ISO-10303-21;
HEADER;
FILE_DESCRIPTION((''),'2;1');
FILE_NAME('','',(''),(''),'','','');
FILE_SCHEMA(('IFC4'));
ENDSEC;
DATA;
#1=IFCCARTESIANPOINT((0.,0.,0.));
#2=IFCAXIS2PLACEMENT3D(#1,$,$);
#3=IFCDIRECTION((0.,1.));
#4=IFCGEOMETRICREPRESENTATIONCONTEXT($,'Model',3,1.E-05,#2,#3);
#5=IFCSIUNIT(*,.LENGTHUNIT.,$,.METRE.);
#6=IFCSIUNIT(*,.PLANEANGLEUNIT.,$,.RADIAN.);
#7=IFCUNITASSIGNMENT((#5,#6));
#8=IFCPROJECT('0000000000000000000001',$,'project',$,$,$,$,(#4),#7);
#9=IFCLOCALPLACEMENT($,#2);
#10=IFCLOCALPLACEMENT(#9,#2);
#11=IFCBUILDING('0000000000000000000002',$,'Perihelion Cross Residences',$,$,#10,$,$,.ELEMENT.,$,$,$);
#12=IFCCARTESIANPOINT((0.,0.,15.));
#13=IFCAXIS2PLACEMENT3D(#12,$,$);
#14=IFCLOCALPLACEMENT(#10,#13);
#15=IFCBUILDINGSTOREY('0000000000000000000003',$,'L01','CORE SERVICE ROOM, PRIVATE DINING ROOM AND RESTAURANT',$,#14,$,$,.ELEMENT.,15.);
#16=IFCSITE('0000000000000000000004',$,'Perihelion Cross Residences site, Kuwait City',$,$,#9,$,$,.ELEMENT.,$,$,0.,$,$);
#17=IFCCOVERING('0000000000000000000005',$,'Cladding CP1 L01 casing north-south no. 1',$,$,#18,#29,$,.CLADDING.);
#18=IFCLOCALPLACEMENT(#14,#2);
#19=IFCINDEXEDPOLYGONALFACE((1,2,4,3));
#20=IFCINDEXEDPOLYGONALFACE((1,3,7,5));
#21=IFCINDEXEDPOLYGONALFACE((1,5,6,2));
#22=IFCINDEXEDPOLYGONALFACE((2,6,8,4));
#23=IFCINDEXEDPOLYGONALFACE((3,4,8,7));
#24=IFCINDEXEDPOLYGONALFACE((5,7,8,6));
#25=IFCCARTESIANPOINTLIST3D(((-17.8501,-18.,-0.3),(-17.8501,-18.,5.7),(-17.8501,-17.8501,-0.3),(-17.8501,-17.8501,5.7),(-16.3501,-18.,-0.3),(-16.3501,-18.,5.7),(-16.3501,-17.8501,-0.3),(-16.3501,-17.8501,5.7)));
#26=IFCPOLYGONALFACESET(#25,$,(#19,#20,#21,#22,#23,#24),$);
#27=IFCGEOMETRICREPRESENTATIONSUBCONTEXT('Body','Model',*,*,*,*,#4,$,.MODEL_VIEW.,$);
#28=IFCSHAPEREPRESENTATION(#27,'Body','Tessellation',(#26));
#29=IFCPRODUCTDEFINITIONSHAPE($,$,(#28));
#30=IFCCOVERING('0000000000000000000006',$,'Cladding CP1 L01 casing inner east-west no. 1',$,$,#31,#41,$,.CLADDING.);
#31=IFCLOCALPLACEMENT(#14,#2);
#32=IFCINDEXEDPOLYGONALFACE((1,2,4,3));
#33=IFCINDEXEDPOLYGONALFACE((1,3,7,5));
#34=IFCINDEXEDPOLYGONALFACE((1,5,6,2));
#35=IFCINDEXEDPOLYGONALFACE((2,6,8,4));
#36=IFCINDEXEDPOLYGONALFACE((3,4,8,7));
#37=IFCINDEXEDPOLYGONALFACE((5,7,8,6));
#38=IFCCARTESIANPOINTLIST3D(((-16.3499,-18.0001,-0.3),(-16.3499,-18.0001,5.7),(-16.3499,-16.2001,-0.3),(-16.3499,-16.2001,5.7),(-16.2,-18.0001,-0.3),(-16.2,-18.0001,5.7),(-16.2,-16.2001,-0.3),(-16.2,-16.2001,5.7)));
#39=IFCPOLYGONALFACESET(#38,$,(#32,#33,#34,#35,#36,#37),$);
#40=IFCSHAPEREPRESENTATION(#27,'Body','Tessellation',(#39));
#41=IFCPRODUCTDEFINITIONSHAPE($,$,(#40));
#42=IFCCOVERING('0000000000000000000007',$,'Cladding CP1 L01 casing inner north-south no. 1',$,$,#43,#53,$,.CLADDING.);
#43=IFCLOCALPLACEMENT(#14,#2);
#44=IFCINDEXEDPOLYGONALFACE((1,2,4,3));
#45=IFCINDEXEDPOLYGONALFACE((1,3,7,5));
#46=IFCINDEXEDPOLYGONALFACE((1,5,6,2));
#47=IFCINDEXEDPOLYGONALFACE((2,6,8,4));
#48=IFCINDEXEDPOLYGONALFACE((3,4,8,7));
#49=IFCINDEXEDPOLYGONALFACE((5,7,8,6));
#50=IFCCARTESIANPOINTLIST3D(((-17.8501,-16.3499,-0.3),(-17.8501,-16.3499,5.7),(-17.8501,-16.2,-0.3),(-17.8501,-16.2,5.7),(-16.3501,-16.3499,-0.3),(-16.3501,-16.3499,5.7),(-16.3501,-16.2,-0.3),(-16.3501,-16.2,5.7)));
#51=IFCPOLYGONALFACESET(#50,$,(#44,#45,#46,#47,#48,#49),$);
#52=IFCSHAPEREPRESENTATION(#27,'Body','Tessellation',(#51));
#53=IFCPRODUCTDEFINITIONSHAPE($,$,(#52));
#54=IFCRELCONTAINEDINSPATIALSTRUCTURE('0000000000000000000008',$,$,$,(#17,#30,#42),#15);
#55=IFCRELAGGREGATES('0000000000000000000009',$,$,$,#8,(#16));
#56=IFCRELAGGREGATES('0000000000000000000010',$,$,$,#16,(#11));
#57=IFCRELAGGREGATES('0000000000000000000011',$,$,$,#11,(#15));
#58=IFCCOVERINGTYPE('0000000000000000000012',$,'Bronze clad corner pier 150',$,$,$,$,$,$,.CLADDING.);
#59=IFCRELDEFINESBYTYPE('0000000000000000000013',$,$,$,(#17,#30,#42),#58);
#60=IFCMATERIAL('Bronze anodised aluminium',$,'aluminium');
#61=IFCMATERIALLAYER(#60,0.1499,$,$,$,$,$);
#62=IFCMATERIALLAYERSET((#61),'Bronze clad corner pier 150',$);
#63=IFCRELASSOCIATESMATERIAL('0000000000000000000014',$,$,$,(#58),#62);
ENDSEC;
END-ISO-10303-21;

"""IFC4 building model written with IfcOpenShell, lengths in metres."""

from ifc_helpers import new_model, si_unit, direction, frame, origin, origin_2d, place, context, subcontext, project, spatial, rectangle, extrude, material, layer, layer_set, type_object, element, save


model = new_model("IFC4")

# Units and contexts
model_context = context("Model", 3, precision=1e-05, world=origin(), true_north=direction((0.0, 1.0)))
body_context = subcontext(model_context, "Body", "Model", "MODEL_VIEW")
ifc_project = project(units=[si_unit("LENGTHUNIT", "METRE"), si_unit("PLANEANGLEUNIT", "RADIAN")], contexts=[model_context])

# Site, building, storey
site_placement = place(None, origin())
site = spatial("IfcSite", under=ifc_project, at=site_placement, Name="Perihelion Cross Residences site, Kuwait City", CompositionType="ELEMENT", RefElevation=0.0)
building_placement = place(site_placement, origin())
building = spatial("IfcBuilding", under=site, at=building_placement, Name="Perihelion Cross Residences", CompositionType="ELEMENT")
storey_placement = place(building_placement, frame((0.0, 0.0, 15.0)))
storey = spatial("IfcBuildingStorey", under=building, at=storey_placement, Name="L01", Description="CORE SERVICE ROOM, PRIVATE DINING ROOM AND RESTAURANT", CompositionType="ELEMENT", Elevation=15.0)

# Coverings
ifc_material_1 = material(Name="Bronze anodised aluminium", Category="aluminium")
ifc_layer_1 = layer(ifc_material_1, 0.1499)
ifc_layer_set_1 = layer_set([ifc_layer_1], Name="Bronze clad corner pier 150")
covering_type = type_object("IfcCoveringType", Name="Bronze clad corner pier 150", PredefinedType="CLADDING", material=ifc_layer_set_1)
covering_1_placement = place(storey_placement, frame((-17.1001, -17.925, -0.3), z_axis=(0.0, 0.0, 1.0), x_axis=(1.0, 0.0, 0.0)))
element("IfcCovering", 1, at=covering_1_placement, inside=storey, type_object=covering_type, Name="Cladding CP1 L01 casing north-south no. 1", PredefinedType="CLADDING", context=body_context, shape_type="SweptSolid", body=[
    extrude(rectangle(XDim=1.5, YDim=0.1499, at=origin_2d()), origin(), (0.0, 0.0, 1.0), 6.0),
])
covering_2_placement = place(storey_placement, frame((-16.2749, -17.1001, -0.3), z_axis=(0.0, 0.0, 1.0), x_axis=(1.0, 0.0, 0.0)))
element("IfcCovering", 2, at=covering_2_placement, inside=storey, type_object=covering_type, Name="Cladding CP1 L01 casing inner east-west no. 1", PredefinedType="CLADDING", context=body_context, shape_type="SweptSolid", body=[
    extrude(rectangle(XDim=0.1499, YDim=1.8, at=origin_2d()), origin(), (0.0, 0.0, 1.0), 6.0),
])
covering_3_placement = place(storey_placement, frame((-17.1001, -16.2749, -0.3), z_axis=(0.0, 0.0, 1.0), x_axis=(1.0, 0.0, 0.0)))
element("IfcCovering", 3, at=covering_3_placement, inside=storey, type_object=covering_type, Name="Cladding CP1 L01 casing inner north-south no. 1", PredefinedType="CLADDING", context=body_context, shape_type="SweptSolid", body=[
    extrude(rectangle(XDim=1.5, YDim=0.1499, at=origin_2d()), origin(), (0.0, 0.0, 1.0), 6.0),
])

save(model, "model.ifc")
